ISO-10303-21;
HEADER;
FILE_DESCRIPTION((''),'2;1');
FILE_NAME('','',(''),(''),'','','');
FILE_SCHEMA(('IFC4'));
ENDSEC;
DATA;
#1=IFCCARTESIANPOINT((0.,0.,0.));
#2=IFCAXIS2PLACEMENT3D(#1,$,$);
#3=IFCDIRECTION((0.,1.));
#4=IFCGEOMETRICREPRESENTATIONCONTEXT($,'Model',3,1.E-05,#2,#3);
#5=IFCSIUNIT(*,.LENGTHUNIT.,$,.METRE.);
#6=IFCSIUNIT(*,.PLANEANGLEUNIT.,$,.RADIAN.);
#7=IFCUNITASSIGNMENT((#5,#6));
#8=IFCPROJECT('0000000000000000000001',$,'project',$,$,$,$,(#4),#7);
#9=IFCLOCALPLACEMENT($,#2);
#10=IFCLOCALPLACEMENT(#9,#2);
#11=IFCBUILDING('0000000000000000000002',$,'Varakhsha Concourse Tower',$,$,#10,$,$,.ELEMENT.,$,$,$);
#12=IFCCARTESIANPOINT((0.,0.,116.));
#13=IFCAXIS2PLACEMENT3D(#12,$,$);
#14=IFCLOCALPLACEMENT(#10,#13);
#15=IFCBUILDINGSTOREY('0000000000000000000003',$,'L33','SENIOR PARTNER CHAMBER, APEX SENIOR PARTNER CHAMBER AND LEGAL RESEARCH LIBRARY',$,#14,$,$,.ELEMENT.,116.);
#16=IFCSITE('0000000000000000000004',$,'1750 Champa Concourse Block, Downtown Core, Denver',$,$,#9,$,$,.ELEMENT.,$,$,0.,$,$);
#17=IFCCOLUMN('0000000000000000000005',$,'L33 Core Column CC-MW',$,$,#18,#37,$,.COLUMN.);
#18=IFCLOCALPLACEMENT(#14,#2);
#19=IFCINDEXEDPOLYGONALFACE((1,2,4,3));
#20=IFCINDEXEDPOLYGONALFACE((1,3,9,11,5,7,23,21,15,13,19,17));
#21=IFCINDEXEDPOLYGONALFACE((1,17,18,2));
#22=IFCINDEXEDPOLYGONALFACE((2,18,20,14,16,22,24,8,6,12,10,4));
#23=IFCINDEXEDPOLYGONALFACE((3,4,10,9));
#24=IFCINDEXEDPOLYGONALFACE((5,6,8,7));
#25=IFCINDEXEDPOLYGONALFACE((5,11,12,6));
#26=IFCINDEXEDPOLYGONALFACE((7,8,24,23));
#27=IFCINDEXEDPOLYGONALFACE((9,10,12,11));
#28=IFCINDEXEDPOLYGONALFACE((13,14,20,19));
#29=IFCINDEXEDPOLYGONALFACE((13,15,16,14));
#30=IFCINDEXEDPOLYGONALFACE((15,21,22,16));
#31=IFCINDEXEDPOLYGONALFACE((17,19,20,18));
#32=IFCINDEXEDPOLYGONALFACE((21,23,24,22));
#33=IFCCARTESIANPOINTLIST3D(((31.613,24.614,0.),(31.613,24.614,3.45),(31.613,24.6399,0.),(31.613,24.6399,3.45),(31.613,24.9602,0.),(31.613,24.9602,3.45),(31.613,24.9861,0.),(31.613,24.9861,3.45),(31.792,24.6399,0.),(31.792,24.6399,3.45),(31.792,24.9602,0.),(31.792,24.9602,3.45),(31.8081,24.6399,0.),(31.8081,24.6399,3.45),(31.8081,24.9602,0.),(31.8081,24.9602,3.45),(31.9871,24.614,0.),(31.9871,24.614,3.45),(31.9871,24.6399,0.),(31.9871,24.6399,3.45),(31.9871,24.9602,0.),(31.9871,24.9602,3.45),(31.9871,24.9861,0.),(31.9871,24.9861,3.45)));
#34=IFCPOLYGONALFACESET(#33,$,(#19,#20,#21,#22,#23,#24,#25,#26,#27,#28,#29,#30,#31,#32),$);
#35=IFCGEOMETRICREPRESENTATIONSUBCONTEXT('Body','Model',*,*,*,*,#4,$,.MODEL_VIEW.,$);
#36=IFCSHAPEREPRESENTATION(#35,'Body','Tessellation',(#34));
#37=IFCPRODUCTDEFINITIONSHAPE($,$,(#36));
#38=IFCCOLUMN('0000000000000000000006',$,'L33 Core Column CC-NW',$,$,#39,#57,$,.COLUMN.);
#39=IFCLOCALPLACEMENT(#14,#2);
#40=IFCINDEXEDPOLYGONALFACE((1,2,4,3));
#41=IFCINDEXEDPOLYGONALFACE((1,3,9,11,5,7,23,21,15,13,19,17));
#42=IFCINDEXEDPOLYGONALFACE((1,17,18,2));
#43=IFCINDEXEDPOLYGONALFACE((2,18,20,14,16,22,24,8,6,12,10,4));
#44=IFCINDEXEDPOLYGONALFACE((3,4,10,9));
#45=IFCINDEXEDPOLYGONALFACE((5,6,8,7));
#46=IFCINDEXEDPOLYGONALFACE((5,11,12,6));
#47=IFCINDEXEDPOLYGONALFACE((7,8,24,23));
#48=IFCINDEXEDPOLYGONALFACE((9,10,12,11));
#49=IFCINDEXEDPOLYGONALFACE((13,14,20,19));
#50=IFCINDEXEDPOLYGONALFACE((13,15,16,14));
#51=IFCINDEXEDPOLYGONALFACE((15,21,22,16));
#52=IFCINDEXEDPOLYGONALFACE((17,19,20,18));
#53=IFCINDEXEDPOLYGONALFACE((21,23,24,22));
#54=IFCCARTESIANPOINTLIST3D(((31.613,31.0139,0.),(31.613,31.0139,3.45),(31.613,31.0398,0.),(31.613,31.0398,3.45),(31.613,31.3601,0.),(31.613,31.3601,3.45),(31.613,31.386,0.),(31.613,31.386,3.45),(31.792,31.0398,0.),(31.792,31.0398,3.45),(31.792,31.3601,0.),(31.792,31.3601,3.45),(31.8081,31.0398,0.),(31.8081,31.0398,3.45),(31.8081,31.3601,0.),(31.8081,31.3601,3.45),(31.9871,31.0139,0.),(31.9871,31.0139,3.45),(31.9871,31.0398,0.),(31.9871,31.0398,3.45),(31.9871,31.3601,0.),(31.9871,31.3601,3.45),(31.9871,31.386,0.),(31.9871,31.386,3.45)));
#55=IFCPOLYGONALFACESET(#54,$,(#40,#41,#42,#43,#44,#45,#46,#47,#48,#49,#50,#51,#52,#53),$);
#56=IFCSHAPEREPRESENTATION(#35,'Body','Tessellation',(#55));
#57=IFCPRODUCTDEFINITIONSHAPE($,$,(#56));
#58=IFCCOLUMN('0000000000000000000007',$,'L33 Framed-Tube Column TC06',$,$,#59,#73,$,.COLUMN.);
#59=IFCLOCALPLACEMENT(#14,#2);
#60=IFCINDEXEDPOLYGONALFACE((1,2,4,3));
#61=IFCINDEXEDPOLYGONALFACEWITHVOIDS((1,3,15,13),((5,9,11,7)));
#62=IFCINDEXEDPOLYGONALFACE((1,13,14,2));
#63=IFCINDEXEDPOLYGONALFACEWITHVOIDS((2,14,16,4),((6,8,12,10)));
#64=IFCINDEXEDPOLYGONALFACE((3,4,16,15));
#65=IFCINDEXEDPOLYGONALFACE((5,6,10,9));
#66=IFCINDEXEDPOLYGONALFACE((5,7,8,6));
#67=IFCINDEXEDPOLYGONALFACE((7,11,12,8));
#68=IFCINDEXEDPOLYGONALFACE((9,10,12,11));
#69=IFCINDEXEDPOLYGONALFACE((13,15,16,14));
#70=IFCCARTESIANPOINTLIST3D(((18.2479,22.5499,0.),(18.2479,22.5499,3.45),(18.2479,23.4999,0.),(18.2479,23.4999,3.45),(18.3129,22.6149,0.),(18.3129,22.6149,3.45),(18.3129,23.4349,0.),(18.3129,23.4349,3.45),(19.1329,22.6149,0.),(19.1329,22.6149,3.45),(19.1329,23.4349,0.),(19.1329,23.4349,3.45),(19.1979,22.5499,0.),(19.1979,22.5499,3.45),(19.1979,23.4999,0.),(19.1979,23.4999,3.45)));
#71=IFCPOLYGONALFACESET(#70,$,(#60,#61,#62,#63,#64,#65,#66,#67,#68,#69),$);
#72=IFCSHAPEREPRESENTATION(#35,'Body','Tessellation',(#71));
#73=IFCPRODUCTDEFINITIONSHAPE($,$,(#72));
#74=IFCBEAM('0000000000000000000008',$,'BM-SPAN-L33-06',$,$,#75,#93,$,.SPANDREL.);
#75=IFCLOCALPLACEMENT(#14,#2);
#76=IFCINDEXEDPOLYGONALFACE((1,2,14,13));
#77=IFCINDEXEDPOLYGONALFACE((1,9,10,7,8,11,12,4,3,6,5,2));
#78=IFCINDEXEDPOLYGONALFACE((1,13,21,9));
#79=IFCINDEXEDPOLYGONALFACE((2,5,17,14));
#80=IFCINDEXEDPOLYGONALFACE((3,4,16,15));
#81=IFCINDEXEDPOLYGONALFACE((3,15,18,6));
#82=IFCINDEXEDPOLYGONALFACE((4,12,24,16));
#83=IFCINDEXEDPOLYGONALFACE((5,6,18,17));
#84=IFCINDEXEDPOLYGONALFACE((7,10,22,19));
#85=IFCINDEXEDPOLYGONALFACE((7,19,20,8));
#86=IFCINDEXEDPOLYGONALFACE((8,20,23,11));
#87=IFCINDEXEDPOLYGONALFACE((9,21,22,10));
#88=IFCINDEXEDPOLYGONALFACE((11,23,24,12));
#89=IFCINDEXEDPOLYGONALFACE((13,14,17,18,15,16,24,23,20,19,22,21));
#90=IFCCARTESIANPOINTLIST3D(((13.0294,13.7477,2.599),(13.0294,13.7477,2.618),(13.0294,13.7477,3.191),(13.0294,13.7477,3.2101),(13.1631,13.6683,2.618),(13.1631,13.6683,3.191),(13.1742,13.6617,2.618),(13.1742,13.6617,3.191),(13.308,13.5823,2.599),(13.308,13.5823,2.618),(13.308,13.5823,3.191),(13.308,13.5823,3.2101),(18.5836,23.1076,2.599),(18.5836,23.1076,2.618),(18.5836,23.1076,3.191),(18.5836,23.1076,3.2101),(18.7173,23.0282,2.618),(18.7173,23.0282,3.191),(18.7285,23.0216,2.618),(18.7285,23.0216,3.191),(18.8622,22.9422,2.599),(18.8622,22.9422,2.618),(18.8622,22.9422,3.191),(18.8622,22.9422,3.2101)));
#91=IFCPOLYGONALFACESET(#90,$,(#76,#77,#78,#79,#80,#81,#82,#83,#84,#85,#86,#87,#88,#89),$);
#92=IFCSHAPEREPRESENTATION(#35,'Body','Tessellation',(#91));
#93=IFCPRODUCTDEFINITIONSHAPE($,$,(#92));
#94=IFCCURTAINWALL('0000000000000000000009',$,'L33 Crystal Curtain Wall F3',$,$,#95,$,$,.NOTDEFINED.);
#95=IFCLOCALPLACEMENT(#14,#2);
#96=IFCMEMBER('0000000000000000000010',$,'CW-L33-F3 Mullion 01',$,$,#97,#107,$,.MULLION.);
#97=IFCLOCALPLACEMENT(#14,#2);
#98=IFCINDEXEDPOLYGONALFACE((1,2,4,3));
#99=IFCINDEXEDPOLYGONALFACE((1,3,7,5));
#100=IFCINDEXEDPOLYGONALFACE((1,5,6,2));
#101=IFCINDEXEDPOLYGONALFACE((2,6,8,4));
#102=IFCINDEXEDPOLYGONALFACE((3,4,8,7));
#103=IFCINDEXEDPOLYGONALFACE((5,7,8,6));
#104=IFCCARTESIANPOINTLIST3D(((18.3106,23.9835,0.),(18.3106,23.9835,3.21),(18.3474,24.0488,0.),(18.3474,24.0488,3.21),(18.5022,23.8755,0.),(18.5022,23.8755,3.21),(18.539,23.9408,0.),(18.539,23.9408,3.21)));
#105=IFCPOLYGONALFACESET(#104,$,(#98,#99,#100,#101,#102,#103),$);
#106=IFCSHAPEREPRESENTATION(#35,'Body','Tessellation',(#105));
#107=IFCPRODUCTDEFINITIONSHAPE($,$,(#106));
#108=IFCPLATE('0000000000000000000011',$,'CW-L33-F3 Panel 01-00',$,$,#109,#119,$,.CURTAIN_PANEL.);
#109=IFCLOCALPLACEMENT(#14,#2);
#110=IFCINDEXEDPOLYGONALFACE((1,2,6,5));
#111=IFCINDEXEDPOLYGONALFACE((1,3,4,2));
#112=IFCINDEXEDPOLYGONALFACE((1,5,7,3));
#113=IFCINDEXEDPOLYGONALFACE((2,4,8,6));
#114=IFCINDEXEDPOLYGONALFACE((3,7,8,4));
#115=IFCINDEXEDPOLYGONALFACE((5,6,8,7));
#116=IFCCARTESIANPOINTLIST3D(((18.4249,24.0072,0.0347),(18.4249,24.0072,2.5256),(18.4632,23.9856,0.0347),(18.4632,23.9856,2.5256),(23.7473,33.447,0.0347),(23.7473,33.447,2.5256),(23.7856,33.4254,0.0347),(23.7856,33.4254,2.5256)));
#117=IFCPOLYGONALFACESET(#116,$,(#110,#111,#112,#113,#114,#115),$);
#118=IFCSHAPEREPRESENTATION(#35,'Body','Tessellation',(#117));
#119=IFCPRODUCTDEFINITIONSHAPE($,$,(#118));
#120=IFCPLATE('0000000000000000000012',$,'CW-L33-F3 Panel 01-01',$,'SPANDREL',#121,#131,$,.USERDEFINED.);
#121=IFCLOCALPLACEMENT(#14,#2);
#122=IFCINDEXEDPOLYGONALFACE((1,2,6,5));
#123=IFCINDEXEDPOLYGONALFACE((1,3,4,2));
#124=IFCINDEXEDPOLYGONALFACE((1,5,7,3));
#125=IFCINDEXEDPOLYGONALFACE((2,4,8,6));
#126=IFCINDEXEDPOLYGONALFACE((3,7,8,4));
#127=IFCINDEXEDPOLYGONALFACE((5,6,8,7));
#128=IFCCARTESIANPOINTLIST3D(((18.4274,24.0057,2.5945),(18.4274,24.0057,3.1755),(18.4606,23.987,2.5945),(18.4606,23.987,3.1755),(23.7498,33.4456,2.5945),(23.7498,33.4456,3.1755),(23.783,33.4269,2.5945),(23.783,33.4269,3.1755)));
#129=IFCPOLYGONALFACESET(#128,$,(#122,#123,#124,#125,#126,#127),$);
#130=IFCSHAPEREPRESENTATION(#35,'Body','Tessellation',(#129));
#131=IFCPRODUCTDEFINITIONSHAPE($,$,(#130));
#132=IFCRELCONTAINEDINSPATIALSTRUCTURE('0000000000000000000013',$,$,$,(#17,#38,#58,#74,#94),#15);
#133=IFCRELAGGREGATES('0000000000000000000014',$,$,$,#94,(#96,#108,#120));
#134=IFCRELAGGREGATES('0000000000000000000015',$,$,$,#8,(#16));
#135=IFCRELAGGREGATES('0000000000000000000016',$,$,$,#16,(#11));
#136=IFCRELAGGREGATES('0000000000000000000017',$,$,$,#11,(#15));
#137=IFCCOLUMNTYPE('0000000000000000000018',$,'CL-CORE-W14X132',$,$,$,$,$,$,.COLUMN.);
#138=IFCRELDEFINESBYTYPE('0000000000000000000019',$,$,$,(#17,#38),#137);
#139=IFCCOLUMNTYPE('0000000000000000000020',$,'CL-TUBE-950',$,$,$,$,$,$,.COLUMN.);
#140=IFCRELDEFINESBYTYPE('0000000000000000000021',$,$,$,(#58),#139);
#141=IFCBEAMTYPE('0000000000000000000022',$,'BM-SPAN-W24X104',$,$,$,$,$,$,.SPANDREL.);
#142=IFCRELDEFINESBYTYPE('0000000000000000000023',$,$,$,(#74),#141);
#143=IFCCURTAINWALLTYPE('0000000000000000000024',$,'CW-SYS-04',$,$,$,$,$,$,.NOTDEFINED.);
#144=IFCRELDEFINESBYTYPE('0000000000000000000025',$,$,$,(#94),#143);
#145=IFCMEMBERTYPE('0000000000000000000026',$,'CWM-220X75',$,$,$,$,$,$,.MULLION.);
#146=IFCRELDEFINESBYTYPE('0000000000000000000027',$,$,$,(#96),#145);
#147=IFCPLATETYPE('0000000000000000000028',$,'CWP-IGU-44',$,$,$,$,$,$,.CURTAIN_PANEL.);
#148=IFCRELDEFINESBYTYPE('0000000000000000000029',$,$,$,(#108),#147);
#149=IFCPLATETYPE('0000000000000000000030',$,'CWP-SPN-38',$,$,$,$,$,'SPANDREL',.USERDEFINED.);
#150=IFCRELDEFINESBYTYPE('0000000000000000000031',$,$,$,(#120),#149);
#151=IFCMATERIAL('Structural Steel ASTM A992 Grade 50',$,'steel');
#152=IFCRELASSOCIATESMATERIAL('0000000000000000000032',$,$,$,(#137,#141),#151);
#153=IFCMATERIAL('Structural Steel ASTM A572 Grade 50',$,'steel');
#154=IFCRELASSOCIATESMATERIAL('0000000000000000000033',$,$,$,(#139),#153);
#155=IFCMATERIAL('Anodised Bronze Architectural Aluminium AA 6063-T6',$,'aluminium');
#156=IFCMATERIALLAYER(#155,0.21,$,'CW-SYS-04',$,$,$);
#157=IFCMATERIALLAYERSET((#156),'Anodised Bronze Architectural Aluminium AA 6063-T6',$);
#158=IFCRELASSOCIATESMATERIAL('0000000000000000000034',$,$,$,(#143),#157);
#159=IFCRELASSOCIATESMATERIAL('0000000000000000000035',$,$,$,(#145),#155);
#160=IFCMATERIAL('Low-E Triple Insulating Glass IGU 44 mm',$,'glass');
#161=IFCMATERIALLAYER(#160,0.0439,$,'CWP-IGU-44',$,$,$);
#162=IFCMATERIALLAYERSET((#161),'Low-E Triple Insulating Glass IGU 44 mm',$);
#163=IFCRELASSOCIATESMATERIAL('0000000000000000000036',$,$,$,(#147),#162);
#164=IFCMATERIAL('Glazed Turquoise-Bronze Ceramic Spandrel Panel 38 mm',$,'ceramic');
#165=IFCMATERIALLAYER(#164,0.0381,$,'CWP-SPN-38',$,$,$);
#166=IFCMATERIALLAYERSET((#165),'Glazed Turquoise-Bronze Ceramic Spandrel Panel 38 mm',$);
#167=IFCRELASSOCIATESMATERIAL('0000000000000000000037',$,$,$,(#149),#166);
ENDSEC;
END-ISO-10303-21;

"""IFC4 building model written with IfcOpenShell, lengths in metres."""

from ifc_helpers import new_model, si_unit, direction, frame, origin, origin_2d, place, context, subcontext, project, spatial, rectangle, hollow_rectangle, i_section, extrude, source, transform, mapped, material, layer, layer_set, material_profile, profile_set, type_object, type_shapes, element, aggregate, save


model = new_model("IFC4")

# Units and contexts
model_context = context("Model", 3, precision=1e-05, world=origin(), true_north=direction((0.0, 1.0)))
body_context = subcontext(model_context, "Body", "Model", "MODEL_VIEW")
ifc_project = project(units=[si_unit("LENGTHUNIT", "METRE"), si_unit("PLANEANGLEUNIT", "RADIAN")], contexts=[model_context])

# Site, building, storey
site_placement = place(None, origin())
site = spatial("IfcSite", under=ifc_project, at=site_placement, Name="1750 Champa Concourse Block, Downtown Core, Denver", CompositionType="ELEMENT", RefElevation=0.0)
building_placement = place(site_placement, origin())
building = spatial("IfcBuilding", under=site, at=building_placement, Name="Varakhsha Concourse Tower", CompositionType="ELEMENT")
storey_placement = place(building_placement, frame((0.0, 0.0, 116.0)))
storey = spatial("IfcBuildingStorey", under=building, at=storey_placement, Name="L33", Description="SENIOR PARTNER CHAMBER, APEX SENIOR PARTNER CHAMBER AND LEGAL RESEARCH LIBRARY", CompositionType="ELEMENT", Elevation=116.0)

# Columns
ifc_material_1 = material(Name="Structural Steel ASTM A992 Grade 50", Category="steel")
ifc_material_profile_1 = material_profile(ifc_material_1, i_section(OverallWidth=0.374, OverallDepth=0.3721, WebThickness=0.0161, FlangeThickness=0.0259, at=origin_2d()), Name="W14X132")
ifc_profile_set_1 = profile_set([ifc_material_profile_1], Name="Structural Steel ASTM A992 Grade 50")
column_type_1 = type_object("IfcColumnType", Name="CL-CORE-W14X132", PredefinedType="COLUMN", material=ifc_profile_set_1)
for number, where, z_axis, x_axis, name in (
    (1, (31.8, 24.8, 0.0), (0.0, 0.0, 1.0), (1.0, 0.0, 0.0), "L33 Core Column CC-MW"),
    (2, (31.8, 31.2, 0.0), (0.0, 0.0, 1.0), (1.0, 0.0, 0.0), "L33 Core Column CC-NW"),
):
    element("IfcColumn", number, at=place(storey_placement, frame(where, z_axis=z_axis, x_axis=x_axis)), inside=storey, type_object=column_type_1, Name=name, PredefinedType="COLUMN", context=body_context, shape_type="SweptSolid", body=[
        extrude(i_section(OverallWidth=0.374, OverallDepth=0.3721, WebThickness=0.0161, FlangeThickness=0.0259, at=origin_2d()), origin(), (0.0, 0.0, 1.0), 3.45),
    ])
ifc_material_2 = material(Name="Structural Steel ASTM A572 Grade 50", Category="steel")
ifc_material_profile_2 = material_profile(ifc_material_2, hollow_rectangle(XDim=0.95, YDim=0.95, WallThickness=0.0649, at=origin_2d()), Name="BOX 950x950x65")
ifc_profile_set_2 = profile_set([ifc_material_profile_2], Name="Structural Steel ASTM A572 Grade 50")
column_type_2 = type_object("IfcColumnType", Name="CL-TUBE-950", PredefinedType="COLUMN", material=ifc_profile_set_2)
column_placement = place(storey_placement, frame((18.7229, 23.0249, 0.0), z_axis=(0.0, 0.0, 1.0), x_axis=(1.0, 0.0, 0.0)))
element("IfcColumn", 3, at=column_placement, inside=storey, type_object=column_type_2, Name="L33 Framed-Tube Column TC06", PredefinedType="COLUMN", context=body_context, shape_type="SweptSolid", body=[
    extrude(hollow_rectangle(XDim=0.95, YDim=0.95, WallThickness=0.0649, at=origin_2d()), origin(), (0.0, 0.0, 1.0), 3.45),
])

# Beam
ifc_material_profile_3 = material_profile(ifc_material_1, i_section(OverallWidth=0.324, OverallDepth=0.6111, WebThickness=0.0129, FlangeThickness=0.019, at=origin_2d()), Name="W24X104")
ifc_profile_set_3 = profile_set([ifc_material_profile_3], Name="Structural Steel ASTM A992 Grade 50")
beam_type = type_object("IfcBeamType", Name="BM-SPAN-W24X104", PredefinedType="SPANDREL", material=ifc_profile_set_3)
beam_placement = place(storey_placement, frame((18.7229, 23.0249, 2.9045), z_axis=(-0.51032, -0.859985, 0.0), x_axis=(0.859985, -0.51032, 0.0)))
element("IfcBeam", 4, at=beam_placement, inside=storey, type_object=beam_type, Name="BM-SPAN-L33-06", PredefinedType="SPANDREL", context=body_context, shape_type="SweptSolid", body=[
    extrude(i_section(OverallWidth=0.324, OverallDepth=0.6111, WebThickness=0.0129, FlangeThickness=0.019, at=origin_2d()), origin(), (0.0, 0.0, 1.0), 10.8838),
])

# Curtain wall, member, plates
ifc_material_3 = material(Name="Anodised Bronze Architectural Aluminium AA 6063-T6", Category="aluminium")
ifc_layer_1 = layer(ifc_material_3, 0.21, Name="CW-SYS-04")
ifc_layer_set_1 = layer_set([ifc_layer_1], Name="Anodised Bronze Architectural Aluminium AA 6063-T6")
curtain_wall_type = type_object("IfcCurtainWallType", Name="CW-SYS-04", PredefinedType="NOTDEFINED", material=ifc_layer_set_1)
curtain_wall_placement = place(storey_placement, origin())
curtain_wall = element("IfcCurtainWall", 5, at=curtain_wall_placement, inside=storey, type_object=curtain_wall_type, Name="L33 Crystal Curtain Wall F3", PredefinedType="NOTDEFINED")
ifc_material_profile_4 = material_profile(ifc_material_3, rectangle(XDim=0.075, YDim=0.22, at=origin_2d()), Name="CWM-220X75")
ifc_profile_set_4 = profile_set([ifc_material_profile_4], Name="Anodised Bronze Architectural Aluminium AA 6063-T6")
member_type = type_object("IfcMemberType", Name="CWM-220X75", PredefinedType="MULLION", material=ifc_profile_set_4)
shared_shape_1 = source(origin(), body_context, "Body", "SweptSolid", [
    extrude(rectangle(XDim=0.075, YDim=0.22, at=origin_2d()), origin(), (0.0, 0.0, 1.0), 3.21),
])
type_shapes(member_type, [shared_shape_1])
member_placement = place(storey_placement, frame((18.4248, 23.9622, 0.0), z_axis=(0.0, 0.0, 1.0), x_axis=(0.491138, 0.871082, 0.0)))
member = element("IfcMember", 6, at=member_placement, type_object=member_type, Name="CW-L33-F3 Mullion 01", PredefinedType="MULLION", context=body_context, shape_type="MappedRepresentation", body=[
    mapped(shared_shape_1, transform((0.0, 0.0, 0.0), scale=1.0)),
])
ifc_material_4 = material(Name="Low-E Triple Insulating Glass IGU 44 mm", Category="glass")
ifc_layer_2 = layer(ifc_material_4, 0.0439, Name="CWP-IGU-44")
ifc_layer_set_2 = layer_set([ifc_layer_2], Name="Low-E Triple Insulating Glass IGU 44 mm")
plate_type_1 = type_object("IfcPlateType", Name="CWP-IGU-44", PredefinedType="CURTAIN_PANEL", material=ifc_layer_set_2)
shared_shape_2 = source(origin(), body_context, "Body", "SweptSolid", [
    extrude(rectangle(XDim=10.8369, YDim=0.0439, at=origin_2d()), origin(), (0.0, 0.0, 1.0), 2.491),
])
type_shapes(plate_type_1, [shared_shape_2])
plate_1_placement = place(storey_placement, frame((21.1052, 28.7163, 0.0347), z_axis=(0.0, 0.0, 1.0), x_axis=(0.491138, 0.871082, 0.0)))
plate_1 = element("IfcPlate", 7, at=plate_1_placement, type_object=plate_type_1, Name="CW-L33-F3 Panel 01-00", PredefinedType="CURTAIN_PANEL", context=body_context, shape_type="MappedRepresentation", body=[
    mapped(shared_shape_2, transform((0.0, 0.0, 0.0), scale=1.0)),
])
ifc_material_5 = material(Name="Glazed Turquoise-Bronze Ceramic Spandrel Panel 38 mm", Category="ceramic")
ifc_layer_3 = layer(ifc_material_5, 0.0381, Name="CWP-SPN-38")
ifc_layer_set_3 = layer_set([ifc_layer_3], Name="Glazed Turquoise-Bronze Ceramic Spandrel Panel 38 mm")
plate_type_2 = type_object("IfcPlateType", Name="CWP-SPN-38", ElementType="SPANDREL", PredefinedType="USERDEFINED", material=ifc_layer_set_3)
shared_shape_3 = source(origin(), body_context, "Body", "SweptSolid", [
    extrude(rectangle(XDim=10.8369, YDim=0.0381, at=origin_2d()), origin(), (0.0, 0.0, 1.0), 0.5811),
])
type_shapes(plate_type_2, [shared_shape_3])
plate_2_placement = place(storey_placement, frame((21.1052, 28.7163, 2.5945), z_axis=(0.0, 0.0, 1.0), x_axis=(0.491138, 0.871082, 0.0)))
plate_2 = element("IfcPlate", 8, at=plate_2_placement, type_object=plate_type_2, Name="CW-L33-F3 Panel 01-01", ObjectType="SPANDREL", PredefinedType="USERDEFINED", context=body_context, shape_type="MappedRepresentation", body=[
    mapped(shared_shape_3, transform((0.0, 0.0, 0.0), scale=1.0)),
])
aggregate(curtain_wall, [member, plate_1, plate_2])

save(model, "model.ifc")
